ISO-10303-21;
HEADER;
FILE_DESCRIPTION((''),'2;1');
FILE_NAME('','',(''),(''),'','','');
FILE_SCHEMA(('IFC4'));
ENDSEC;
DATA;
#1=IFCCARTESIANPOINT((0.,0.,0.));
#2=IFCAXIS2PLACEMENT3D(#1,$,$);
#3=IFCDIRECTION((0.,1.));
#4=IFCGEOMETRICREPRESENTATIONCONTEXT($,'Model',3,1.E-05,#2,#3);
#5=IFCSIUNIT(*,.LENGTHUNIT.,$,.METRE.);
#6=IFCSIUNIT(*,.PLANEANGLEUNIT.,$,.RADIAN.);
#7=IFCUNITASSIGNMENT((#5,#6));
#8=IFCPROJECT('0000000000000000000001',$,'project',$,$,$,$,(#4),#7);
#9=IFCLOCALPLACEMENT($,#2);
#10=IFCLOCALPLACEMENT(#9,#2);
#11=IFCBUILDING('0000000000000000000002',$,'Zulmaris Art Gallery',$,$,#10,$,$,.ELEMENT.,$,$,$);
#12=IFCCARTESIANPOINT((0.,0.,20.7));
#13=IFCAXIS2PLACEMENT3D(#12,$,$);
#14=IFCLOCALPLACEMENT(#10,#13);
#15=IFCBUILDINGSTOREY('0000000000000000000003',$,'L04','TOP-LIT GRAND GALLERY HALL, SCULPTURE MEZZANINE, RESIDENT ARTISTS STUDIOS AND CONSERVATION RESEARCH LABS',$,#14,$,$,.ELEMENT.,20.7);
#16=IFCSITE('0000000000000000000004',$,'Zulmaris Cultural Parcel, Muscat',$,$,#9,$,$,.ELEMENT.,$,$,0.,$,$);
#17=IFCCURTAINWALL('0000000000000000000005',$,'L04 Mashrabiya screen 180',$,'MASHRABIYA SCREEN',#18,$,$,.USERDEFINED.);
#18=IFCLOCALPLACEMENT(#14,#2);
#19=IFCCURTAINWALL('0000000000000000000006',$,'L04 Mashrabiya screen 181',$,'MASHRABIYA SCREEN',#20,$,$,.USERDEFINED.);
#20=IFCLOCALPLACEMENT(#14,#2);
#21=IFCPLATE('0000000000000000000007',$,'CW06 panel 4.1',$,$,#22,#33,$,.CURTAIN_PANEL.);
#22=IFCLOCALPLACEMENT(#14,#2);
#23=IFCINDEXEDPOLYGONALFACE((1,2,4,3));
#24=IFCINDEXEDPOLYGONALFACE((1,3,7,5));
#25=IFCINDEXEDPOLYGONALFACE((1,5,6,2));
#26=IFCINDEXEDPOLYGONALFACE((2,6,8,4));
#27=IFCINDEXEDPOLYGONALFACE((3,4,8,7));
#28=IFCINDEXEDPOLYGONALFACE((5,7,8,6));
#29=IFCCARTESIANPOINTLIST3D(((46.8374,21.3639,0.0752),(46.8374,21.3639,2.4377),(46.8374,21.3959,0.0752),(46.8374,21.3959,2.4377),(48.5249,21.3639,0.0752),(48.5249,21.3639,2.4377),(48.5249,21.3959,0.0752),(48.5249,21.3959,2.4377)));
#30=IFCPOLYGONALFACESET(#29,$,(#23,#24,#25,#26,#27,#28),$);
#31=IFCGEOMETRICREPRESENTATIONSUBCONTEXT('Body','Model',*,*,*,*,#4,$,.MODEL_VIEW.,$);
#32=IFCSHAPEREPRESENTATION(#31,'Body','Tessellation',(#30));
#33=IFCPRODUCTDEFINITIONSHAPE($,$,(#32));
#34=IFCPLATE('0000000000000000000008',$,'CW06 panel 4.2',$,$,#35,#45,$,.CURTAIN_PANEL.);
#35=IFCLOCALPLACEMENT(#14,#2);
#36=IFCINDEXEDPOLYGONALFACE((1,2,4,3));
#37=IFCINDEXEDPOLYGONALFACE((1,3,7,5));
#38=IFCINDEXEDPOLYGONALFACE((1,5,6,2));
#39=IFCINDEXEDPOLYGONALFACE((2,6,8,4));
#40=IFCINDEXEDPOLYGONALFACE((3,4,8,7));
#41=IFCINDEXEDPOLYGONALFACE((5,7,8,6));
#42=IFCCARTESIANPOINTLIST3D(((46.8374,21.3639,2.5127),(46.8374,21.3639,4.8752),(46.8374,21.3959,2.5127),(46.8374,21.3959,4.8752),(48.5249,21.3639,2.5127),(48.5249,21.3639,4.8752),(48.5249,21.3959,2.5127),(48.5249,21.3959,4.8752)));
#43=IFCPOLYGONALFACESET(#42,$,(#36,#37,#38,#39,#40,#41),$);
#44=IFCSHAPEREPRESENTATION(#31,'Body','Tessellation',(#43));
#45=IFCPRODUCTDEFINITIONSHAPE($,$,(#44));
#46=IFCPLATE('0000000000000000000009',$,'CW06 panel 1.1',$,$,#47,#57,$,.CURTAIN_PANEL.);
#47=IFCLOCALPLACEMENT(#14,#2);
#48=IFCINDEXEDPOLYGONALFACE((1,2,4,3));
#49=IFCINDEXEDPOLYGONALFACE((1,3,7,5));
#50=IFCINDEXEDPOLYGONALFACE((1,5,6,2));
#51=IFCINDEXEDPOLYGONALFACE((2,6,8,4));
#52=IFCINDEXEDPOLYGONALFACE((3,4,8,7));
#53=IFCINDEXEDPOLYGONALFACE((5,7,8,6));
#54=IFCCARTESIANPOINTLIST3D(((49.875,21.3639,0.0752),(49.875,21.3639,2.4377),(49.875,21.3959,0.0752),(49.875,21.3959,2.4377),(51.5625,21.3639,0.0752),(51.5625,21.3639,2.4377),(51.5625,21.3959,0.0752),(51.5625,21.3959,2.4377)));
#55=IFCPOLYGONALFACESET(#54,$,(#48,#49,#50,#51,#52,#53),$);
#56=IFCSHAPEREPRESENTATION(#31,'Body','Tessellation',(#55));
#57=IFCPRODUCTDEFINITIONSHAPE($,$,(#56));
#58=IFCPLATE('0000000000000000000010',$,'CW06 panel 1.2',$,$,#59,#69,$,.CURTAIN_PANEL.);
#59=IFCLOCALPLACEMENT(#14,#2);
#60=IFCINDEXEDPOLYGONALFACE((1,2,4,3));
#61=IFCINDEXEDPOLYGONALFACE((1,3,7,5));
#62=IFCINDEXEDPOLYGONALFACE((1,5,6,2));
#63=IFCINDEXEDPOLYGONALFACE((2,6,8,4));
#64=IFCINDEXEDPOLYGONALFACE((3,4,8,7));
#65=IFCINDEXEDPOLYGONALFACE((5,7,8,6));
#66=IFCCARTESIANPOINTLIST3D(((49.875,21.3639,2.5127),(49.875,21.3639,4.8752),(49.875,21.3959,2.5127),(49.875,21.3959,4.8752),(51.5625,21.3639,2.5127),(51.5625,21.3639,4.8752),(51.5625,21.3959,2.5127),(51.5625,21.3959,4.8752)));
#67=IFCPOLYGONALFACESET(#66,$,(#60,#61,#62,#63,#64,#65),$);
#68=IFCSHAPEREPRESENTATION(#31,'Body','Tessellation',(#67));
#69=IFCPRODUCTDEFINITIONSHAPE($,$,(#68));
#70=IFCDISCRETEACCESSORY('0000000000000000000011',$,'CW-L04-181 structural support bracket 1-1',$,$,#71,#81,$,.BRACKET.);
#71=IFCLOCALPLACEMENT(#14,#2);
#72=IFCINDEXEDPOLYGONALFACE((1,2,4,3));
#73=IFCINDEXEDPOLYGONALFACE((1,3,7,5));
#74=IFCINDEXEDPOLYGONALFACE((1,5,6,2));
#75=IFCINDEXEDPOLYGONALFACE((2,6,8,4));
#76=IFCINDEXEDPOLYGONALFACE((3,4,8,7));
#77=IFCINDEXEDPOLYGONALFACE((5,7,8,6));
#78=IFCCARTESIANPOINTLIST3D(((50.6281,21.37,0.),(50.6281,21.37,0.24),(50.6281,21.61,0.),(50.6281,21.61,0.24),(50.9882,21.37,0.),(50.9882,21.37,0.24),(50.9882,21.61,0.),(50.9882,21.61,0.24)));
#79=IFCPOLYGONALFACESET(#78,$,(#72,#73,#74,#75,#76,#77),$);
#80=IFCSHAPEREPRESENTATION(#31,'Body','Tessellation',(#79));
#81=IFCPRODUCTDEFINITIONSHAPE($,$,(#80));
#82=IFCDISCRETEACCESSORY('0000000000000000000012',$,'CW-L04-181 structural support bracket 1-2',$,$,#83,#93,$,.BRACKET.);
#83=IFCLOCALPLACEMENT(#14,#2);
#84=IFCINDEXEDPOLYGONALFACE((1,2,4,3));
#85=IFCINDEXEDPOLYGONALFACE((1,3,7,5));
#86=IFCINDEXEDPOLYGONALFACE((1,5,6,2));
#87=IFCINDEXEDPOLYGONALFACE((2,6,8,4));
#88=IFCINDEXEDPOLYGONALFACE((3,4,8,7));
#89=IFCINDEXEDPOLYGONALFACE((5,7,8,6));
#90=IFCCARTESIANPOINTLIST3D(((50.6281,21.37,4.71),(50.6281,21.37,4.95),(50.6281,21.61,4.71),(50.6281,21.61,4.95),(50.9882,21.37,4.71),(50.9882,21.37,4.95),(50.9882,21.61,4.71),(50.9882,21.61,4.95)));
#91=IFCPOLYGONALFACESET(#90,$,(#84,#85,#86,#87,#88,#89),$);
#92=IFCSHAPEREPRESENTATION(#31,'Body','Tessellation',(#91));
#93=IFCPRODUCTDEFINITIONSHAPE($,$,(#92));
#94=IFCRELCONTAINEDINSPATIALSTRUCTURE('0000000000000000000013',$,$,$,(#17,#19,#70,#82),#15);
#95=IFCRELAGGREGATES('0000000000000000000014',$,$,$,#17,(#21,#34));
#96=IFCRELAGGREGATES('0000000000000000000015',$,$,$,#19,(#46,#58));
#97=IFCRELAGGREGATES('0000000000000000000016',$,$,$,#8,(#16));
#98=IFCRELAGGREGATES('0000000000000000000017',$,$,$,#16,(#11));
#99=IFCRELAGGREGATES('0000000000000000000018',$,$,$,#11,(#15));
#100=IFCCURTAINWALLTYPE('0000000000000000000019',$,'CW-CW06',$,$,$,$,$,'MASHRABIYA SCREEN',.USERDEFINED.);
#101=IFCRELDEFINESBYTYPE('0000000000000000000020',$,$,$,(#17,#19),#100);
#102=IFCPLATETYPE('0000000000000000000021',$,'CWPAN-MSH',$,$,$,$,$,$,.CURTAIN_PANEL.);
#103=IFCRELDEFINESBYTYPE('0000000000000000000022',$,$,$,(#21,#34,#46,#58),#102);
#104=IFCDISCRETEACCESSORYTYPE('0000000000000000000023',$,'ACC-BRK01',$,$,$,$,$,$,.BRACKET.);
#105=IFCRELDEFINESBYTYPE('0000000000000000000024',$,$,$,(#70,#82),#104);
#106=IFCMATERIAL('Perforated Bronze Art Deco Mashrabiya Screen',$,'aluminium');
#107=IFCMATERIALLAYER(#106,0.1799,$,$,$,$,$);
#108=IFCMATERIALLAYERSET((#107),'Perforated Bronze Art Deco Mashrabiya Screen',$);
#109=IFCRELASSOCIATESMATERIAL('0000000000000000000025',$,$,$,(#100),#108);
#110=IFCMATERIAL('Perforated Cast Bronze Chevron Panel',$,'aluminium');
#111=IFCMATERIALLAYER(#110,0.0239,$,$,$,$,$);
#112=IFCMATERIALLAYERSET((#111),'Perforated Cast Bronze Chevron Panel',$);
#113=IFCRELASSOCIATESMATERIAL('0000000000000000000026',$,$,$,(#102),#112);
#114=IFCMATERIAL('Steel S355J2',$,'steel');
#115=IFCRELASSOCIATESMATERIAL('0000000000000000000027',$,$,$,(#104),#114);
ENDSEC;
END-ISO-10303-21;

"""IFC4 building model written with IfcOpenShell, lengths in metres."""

from ifc_helpers import new_model, si_unit, direction, frame, origin, origin_2d, place, context, subcontext, project, spatial, rectangle, extrude, material, layer, layer_set, type_object, element, aggregate, save


model = new_model("IFC4")

# Units and contexts
model_context = context("Model", 3, precision=1e-05, world=origin(), true_north=direction((0.0, 1.0)))
body_context = subcontext(model_context, "Body", "Model", "MODEL_VIEW")
ifc_project = project(units=[si_unit("LENGTHUNIT", "METRE"), si_unit("PLANEANGLEUNIT", "RADIAN")], contexts=[model_context])

# Site, building, storey
site_placement = place(None, origin())
site = spatial("IfcSite", under=ifc_project, at=site_placement, Name="Zulmaris Cultural Parcel, Muscat", CompositionType="ELEMENT", RefElevation=0.0)
building_placement = place(site_placement, origin())
building = spatial("IfcBuilding", under=site, at=building_placement, Name="Zulmaris Art Gallery", CompositionType="ELEMENT")
storey_placement = place(building_placement, frame((0.0, 0.0, 20.7)))
storey = spatial("IfcBuildingStorey", under=building, at=storey_placement, Name="L04", Description="TOP-LIT GRAND GALLERY HALL, SCULPTURE MEZZANINE, RESIDENT ARTISTS STUDIOS AND CONSERVATION RESEARCH LABS", CompositionType="ELEMENT", Elevation=20.7)

# Shared definitions
ifc_material_1 = material(Name="Steel S355J2", Category="steel")

# Curtain walls
ifc_material_2 = material(Name="Perforated Bronze Art Deco Mashrabiya Screen", Category="aluminium")
ifc_layer_1 = layer(ifc_material_2, 0.1799)
ifc_layer_set_1 = layer_set([ifc_layer_1], Name="Perforated Bronze Art Deco Mashrabiya Screen")
curtain_wall_type_1 = type_object("IfcCurtainWallType", Name="CW-CW06", ElementType="MASHRABIYA SCREEN", PredefinedType="USERDEFINED", material=ifc_layer_set_1)
curtain_wall_1_placement = place(storey_placement, origin())
curtain_wall_1 = element("IfcCurtainWall", 1, at=curtain_wall_1_placement, inside=storey, type_object=curtain_wall_type_1, Name="L04 Mashrabiya screen 180", ObjectType="MASHRABIYA SCREEN", PredefinedType="USERDEFINED")
curtain_wall_2_placement = place(storey_placement, origin())
curtain_wall_2 = element("IfcCurtainWall", 2, at=curtain_wall_2_placement, inside=storey, type_object=curtain_wall_type_1, Name="L04 Mashrabiya screen 181", ObjectType="MASHRABIYA SCREEN", PredefinedType="USERDEFINED")

# Plates
ifc_material_3 = material(Name="Perforated Cast Bronze Chevron Panel", Category="aluminium")
ifc_layer_2 = layer(ifc_material_3, 0.0239)
ifc_layer_set_2 = layer_set([ifc_layer_2], Name="Perforated Cast Bronze Chevron Panel")
plate_type_1 = type_object("IfcPlateType", Name="CWPAN-MSH", PredefinedType="CURTAIN_PANEL", material=ifc_layer_set_2)
plate_1_placement = place(storey_placement, frame((47.6812, 21.3799, 0.0752), z_axis=(0.0, 0.0, 1.0), x_axis=(1.0, 0.0, 0.0)))
plate_1 = element("IfcPlate", 3, at=plate_1_placement, type_object=plate_type_1, Name="CW06 panel 4.1", PredefinedType="CURTAIN_PANEL", context=body_context, shape_type="SweptSolid", body=[
    extrude(rectangle(XDim=1.6875, YDim=0.032, at=origin_2d()), origin(), (0.0, 0.0, 1.0), 2.3625),
])
plate_2_placement = place(storey_placement, frame((47.6812, 21.3799, 2.5127), z_axis=(0.0, 0.0, 1.0), x_axis=(1.0, 0.0, 0.0)))
plate_2 = element("IfcPlate", 4, at=plate_2_placement, type_object=plate_type_1, Name="CW06 panel 4.2", PredefinedType="CURTAIN_PANEL", context=body_context, shape_type="SweptSolid", body=[
    extrude(rectangle(XDim=1.6875, YDim=0.032, at=origin_2d()), origin(), (0.0, 0.0, 1.0), 2.3625),
])
aggregate(curtain_wall_1, [plate_1, plate_2])
plate_3_placement = place(storey_placement, frame((50.7188, 21.3799, 0.0752), z_axis=(0.0, 0.0, 1.0), x_axis=(1.0, 0.0, 0.0)))
plate_3 = element("IfcPlate", 5, at=plate_3_placement, type_object=plate_type_1, Name="CW06 panel 1.1", PredefinedType="CURTAIN_PANEL", context=body_context, shape_type="SweptSolid", body=[
    extrude(rectangle(XDim=1.6875, YDim=0.032, at=origin_2d()), origin(), (0.0, 0.0, 1.0), 2.3625),
])
plate_4_placement = place(storey_placement, frame((50.7188, 21.3799, 2.5127), z_axis=(0.0, 0.0, 1.0), x_axis=(1.0, 0.0, 0.0)))
plate_4 = element("IfcPlate", 6, at=plate_4_placement, type_object=plate_type_1, Name="CW06 panel 1.2", PredefinedType="CURTAIN_PANEL", context=body_context, shape_type="SweptSolid", body=[
    extrude(rectangle(XDim=1.6875, YDim=0.032, at=origin_2d()), origin(), (0.0, 0.0, 1.0), 2.3625),
])
aggregate(curtain_wall_2, [plate_3, plate_4])

# Discrete accessories
discrete_accessory_type = type_object("IfcDiscreteAccessoryType", Name="ACC-BRK01", PredefinedType="BRACKET", material=ifc_material_1)
for number, where, z_axis, x_axis, name in (
    (7, (50.8081, 21.49, 0.0), (0.0, 0.0, 1.0), (1.0, 0.0, 0.0), "CW-L04-181 structural support bracket 1-1"),
    (8, (50.8081, 21.49, 4.71), (0.0, 0.0, 1.0), (1.0, 0.0, 0.0), "CW-L04-181 structural support bracket 1-2"),
):
    element("IfcDiscreteAccessory", number, at=place(storey_placement, frame(where, z_axis=z_axis, x_axis=x_axis)), inside=storey, type_object=discrete_accessory_type, Name=name, PredefinedType="BRACKET", context=body_context, shape_type="SweptSolid", body=[
        extrude(rectangle(XDim=0.3601, YDim=0.24, at=origin_2d()), origin(), (0.0, 0.0, 1.0), 0.24),
    ])

save(model, "model.ifc")
